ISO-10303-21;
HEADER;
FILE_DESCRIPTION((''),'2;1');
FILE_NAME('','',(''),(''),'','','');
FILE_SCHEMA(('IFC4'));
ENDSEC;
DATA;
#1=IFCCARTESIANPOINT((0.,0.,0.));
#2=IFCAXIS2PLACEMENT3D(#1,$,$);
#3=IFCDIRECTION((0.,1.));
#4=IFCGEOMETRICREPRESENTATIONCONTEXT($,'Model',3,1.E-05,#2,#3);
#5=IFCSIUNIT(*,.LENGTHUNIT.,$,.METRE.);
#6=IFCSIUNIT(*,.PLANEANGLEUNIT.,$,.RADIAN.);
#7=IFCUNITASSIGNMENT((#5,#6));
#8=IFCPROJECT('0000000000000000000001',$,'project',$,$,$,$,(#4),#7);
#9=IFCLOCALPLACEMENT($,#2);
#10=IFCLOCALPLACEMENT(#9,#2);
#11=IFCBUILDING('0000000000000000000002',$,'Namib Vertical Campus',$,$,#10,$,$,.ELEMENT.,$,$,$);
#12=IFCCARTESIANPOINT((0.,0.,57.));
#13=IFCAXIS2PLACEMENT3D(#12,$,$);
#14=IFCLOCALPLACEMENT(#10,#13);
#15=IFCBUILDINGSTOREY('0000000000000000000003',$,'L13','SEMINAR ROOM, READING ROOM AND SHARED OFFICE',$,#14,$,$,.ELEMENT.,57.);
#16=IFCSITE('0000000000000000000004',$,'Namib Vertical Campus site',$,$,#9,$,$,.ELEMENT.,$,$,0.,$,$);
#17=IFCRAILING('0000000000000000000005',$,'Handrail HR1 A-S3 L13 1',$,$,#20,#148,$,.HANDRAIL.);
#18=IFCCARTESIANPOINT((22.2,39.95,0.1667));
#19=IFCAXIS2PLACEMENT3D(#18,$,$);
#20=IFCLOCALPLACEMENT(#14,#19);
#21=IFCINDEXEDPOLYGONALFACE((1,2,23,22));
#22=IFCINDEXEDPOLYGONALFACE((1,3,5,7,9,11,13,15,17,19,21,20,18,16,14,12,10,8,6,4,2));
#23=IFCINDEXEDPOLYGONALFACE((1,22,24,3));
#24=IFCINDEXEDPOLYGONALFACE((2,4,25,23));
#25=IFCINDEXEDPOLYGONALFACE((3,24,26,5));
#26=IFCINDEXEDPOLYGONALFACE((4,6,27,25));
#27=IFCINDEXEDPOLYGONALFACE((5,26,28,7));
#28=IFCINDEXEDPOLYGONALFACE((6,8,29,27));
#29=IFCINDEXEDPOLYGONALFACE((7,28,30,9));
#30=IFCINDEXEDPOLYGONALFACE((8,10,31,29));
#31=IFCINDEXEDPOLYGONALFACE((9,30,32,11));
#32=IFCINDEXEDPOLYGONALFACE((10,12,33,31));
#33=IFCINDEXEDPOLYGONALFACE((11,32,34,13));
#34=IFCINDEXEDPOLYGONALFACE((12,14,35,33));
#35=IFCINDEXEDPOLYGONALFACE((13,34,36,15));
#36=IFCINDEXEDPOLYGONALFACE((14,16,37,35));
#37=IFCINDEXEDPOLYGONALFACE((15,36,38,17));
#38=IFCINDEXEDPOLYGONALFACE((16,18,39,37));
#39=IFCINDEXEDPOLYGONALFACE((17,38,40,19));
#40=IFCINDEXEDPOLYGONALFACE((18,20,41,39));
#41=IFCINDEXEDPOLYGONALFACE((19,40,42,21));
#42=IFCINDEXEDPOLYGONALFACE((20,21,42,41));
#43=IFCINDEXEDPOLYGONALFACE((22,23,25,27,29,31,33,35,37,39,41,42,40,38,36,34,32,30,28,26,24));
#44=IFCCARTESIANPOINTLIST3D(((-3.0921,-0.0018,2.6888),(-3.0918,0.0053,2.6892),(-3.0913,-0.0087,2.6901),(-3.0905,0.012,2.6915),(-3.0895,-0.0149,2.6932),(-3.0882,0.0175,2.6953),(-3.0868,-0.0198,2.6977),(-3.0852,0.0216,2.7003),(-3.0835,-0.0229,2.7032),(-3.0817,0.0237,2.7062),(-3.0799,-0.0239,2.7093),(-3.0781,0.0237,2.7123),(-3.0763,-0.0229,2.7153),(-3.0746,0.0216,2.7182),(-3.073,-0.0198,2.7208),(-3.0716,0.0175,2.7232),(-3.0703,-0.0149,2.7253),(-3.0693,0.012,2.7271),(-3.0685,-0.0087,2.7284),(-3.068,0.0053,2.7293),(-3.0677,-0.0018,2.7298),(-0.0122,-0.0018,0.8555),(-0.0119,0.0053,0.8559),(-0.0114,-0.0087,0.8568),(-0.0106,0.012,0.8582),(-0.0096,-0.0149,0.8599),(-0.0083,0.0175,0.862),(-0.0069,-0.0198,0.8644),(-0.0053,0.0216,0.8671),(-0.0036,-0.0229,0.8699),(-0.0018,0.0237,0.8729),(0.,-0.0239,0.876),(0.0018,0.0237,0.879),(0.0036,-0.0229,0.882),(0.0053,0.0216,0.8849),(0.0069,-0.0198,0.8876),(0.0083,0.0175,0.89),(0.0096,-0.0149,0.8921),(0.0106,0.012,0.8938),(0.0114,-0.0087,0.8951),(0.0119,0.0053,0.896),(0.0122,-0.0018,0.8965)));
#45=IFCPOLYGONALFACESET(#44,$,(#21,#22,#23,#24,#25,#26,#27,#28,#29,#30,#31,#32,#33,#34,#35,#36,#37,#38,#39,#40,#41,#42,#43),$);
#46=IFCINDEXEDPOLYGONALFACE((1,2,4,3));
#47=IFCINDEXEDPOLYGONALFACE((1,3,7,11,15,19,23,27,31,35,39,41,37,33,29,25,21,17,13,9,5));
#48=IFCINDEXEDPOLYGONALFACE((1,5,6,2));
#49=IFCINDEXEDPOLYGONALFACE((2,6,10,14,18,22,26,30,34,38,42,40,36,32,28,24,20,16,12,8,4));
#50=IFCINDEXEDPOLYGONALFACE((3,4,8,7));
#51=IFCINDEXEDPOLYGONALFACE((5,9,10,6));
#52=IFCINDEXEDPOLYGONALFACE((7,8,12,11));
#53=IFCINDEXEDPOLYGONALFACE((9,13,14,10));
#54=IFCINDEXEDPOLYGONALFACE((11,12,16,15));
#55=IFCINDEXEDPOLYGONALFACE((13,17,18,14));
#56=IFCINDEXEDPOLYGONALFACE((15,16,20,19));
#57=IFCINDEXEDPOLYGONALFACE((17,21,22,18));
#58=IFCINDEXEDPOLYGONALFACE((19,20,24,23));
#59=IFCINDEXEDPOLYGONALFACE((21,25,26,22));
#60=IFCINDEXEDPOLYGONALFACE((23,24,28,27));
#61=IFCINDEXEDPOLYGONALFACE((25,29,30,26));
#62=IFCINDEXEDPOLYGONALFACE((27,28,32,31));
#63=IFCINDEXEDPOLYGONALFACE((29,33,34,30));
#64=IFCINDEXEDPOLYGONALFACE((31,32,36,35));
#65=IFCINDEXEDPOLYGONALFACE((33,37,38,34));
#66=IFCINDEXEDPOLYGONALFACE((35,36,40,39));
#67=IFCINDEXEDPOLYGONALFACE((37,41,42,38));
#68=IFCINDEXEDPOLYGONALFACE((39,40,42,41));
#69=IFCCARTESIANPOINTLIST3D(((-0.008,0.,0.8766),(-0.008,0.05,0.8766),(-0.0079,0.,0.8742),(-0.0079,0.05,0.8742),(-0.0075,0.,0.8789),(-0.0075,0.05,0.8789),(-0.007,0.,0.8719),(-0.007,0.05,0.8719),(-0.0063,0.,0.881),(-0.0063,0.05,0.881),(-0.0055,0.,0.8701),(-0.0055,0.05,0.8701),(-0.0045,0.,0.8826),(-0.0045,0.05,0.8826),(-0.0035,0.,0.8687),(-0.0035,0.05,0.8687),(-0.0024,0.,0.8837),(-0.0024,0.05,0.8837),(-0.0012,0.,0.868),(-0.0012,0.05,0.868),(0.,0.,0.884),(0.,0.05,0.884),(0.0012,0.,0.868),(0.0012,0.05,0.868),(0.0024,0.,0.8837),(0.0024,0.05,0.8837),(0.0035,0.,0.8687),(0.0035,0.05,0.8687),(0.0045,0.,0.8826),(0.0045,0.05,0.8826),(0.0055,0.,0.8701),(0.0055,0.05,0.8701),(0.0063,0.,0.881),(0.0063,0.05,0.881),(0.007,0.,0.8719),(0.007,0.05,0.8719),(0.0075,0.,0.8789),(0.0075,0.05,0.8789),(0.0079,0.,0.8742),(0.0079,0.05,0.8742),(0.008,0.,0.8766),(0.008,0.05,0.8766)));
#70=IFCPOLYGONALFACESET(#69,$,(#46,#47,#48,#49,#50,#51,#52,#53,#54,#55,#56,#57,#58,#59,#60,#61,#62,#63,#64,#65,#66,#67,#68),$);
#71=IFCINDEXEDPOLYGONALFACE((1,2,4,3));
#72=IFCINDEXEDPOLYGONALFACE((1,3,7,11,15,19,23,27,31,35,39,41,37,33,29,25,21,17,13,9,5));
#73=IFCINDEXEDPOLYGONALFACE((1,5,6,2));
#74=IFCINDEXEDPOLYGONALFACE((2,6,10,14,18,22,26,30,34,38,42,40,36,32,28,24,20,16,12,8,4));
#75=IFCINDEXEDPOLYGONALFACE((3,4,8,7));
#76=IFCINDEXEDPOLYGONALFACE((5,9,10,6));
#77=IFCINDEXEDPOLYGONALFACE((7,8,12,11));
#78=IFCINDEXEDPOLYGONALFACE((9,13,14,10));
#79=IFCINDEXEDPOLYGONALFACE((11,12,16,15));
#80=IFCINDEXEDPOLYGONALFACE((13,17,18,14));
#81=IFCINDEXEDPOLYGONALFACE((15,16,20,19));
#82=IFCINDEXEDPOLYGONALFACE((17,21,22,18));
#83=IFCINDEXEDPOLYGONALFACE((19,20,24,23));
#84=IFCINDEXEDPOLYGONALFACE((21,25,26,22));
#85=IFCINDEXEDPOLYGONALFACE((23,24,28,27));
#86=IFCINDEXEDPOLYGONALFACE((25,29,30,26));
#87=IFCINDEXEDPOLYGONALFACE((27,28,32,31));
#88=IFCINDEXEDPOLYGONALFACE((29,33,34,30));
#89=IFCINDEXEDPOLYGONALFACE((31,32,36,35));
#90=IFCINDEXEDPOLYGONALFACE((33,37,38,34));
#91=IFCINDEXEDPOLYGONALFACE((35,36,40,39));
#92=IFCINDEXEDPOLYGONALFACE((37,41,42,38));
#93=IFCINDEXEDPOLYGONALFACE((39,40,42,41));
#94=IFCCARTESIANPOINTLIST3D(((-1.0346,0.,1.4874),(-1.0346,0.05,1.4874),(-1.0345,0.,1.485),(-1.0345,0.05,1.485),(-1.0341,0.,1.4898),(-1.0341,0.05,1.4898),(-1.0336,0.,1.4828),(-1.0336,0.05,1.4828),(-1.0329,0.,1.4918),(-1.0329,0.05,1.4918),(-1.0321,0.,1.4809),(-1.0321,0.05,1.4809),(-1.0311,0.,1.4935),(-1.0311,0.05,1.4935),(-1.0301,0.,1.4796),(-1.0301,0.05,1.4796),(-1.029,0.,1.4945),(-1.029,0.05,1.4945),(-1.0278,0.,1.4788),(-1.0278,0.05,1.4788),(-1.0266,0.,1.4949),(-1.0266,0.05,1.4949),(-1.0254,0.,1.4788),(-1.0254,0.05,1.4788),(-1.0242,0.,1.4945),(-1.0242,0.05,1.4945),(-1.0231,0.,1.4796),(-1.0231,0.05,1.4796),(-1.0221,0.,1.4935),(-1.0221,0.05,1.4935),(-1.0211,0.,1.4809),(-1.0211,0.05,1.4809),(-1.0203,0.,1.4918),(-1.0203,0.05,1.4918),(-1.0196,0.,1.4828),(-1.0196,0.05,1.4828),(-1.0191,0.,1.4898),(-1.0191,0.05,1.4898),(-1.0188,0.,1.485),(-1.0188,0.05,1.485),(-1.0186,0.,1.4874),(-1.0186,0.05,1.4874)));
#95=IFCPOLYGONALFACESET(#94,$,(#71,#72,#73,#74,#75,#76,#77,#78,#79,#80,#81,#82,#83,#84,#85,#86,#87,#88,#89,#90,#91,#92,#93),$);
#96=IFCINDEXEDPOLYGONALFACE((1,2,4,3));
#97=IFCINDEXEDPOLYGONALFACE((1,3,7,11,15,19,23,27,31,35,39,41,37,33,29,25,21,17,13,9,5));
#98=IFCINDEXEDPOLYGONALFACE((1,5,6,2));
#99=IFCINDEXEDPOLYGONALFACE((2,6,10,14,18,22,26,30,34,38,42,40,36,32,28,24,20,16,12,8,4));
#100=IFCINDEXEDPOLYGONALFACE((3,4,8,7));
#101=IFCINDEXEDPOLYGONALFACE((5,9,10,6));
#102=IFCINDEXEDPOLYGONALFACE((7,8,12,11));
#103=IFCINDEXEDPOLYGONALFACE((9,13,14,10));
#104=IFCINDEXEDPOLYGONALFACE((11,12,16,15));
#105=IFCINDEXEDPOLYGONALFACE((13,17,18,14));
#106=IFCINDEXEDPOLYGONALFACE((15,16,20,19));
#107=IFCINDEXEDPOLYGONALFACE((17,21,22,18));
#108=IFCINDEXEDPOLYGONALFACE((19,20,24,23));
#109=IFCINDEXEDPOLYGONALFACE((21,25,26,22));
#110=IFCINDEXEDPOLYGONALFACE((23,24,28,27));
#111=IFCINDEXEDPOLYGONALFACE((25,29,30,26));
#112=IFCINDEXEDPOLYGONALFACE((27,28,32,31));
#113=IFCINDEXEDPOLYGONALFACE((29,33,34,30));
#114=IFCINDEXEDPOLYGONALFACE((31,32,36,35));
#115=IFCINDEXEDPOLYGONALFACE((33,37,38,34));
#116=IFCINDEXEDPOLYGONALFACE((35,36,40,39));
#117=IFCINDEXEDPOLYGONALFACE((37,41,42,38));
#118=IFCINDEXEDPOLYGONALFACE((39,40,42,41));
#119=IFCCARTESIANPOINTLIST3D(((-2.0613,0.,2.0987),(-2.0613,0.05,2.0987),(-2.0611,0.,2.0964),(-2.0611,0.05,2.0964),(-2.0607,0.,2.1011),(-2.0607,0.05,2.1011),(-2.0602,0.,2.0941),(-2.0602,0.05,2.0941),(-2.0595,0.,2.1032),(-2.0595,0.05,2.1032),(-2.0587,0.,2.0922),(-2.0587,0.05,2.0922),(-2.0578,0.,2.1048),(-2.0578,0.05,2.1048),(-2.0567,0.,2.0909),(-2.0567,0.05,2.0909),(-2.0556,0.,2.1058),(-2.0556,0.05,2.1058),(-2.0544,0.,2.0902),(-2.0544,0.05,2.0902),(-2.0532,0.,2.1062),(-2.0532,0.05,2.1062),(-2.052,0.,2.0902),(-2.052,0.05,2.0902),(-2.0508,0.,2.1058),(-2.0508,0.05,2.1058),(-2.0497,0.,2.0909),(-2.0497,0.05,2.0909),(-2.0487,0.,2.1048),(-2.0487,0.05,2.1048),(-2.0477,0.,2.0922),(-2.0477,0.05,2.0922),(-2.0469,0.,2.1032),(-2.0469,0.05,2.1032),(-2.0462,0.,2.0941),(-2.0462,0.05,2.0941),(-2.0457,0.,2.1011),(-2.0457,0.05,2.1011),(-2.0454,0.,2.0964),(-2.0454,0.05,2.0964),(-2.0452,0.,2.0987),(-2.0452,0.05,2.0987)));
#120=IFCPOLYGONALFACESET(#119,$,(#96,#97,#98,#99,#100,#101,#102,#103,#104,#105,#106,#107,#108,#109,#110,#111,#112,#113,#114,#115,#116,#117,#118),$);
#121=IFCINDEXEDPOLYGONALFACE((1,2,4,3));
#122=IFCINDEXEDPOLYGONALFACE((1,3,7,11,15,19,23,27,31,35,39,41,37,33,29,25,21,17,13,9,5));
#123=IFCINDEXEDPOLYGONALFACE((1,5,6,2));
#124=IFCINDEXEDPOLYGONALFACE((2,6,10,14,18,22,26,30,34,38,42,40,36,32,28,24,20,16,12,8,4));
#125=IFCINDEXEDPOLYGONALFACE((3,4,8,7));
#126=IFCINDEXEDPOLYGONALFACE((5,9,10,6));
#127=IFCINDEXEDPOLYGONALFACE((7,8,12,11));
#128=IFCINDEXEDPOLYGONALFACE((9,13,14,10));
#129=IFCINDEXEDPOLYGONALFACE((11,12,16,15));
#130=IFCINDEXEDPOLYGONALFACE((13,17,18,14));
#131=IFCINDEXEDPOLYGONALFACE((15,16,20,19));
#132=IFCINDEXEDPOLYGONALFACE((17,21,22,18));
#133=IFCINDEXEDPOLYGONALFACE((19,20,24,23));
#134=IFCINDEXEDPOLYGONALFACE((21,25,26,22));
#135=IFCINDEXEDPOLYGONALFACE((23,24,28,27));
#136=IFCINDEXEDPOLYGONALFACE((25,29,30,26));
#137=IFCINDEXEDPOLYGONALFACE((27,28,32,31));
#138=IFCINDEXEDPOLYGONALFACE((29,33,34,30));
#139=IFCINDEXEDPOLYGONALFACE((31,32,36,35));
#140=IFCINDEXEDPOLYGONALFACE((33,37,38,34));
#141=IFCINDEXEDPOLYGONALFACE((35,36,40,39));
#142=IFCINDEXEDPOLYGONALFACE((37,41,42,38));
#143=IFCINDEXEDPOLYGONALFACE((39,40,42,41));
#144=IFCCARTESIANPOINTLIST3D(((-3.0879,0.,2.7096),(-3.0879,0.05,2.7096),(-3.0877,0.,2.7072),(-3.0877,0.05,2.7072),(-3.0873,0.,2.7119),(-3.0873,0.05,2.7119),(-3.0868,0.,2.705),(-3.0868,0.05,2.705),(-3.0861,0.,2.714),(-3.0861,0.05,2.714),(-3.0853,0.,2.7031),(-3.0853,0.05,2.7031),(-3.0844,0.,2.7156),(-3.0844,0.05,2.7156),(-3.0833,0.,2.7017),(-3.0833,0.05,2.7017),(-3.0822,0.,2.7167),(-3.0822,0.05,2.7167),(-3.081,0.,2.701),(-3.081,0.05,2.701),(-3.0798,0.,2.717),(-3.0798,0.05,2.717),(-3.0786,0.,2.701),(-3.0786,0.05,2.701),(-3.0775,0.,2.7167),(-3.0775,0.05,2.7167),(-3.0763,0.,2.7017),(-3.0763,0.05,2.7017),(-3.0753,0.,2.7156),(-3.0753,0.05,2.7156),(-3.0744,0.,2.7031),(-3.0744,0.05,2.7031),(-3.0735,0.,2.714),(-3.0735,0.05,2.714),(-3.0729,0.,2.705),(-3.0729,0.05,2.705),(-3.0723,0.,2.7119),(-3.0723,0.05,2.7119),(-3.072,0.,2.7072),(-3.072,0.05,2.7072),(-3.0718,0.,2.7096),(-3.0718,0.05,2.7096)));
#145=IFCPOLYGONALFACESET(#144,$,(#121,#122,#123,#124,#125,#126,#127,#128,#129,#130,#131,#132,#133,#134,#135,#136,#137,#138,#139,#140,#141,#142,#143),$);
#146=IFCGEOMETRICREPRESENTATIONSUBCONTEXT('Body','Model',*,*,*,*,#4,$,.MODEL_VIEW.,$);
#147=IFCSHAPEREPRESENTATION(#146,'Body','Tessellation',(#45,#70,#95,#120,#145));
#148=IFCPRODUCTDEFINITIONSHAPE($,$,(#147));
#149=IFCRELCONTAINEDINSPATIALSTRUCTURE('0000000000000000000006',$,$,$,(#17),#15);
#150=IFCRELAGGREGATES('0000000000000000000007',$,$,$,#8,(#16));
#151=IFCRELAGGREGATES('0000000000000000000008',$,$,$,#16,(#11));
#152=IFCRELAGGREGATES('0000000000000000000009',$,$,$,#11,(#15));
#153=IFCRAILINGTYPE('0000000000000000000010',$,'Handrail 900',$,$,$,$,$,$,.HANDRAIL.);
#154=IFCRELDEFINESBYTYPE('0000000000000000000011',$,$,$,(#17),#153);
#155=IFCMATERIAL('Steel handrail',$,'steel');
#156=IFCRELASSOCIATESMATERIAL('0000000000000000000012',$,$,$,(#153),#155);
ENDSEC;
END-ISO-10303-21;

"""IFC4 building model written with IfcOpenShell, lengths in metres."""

from ifc_helpers import new_model, si_unit, direction, frame, origin, origin_2d, place, context, subcontext, project, spatial, circle, extrude, material, type_object, element, save


model = new_model("IFC4")

# Units and contexts
model_context = context("Model", 3, precision=1e-05, world=origin(), true_north=direction((0.0, 1.0)))
body_context = subcontext(model_context, "Body", "Model", "MODEL_VIEW")
ifc_project = project(units=[si_unit("LENGTHUNIT", "METRE"), si_unit("PLANEANGLEUNIT", "RADIAN")], contexts=[model_context])

# Site, building, storey
site_placement = place(None, origin())
site = spatial("IfcSite", under=ifc_project, at=site_placement, Name="Namib Vertical Campus site", CompositionType="ELEMENT", RefElevation=0.0)
building_placement = place(site_placement, origin())
building = spatial("IfcBuilding", under=site, at=building_placement, Name="Namib Vertical Campus", CompositionType="ELEMENT")
storey_placement = place(building_placement, frame((0.0, 0.0, 57.0)))
storey = spatial("IfcBuildingStorey", under=building, at=storey_placement, Name="L13", Description="SEMINAR ROOM, READING ROOM AND SHARED OFFICE", CompositionType="ELEMENT", Elevation=57.0)

# Railing
ifc_material_1 = material(Name="Steel handrail", Category="steel")
railing_type_1 = type_object("IfcRailingType", Name="Handrail 900", PredefinedType="HANDRAIL", material=ifc_material_1)
railing_1_placement = place(storey_placement, frame((22.2, 39.95, 0.1667)))
element("IfcRailing", 1, at=railing_1_placement, inside=storey, type_object=railing_type_1, Name="Handrail HR1 A-S3 L13 1", PredefinedType="HANDRAIL", context=body_context, shape_type="SweptSolid", body=[
    extrude(circle(Radius=0.0239, at=origin_2d()), frame((0.0, 0.0, 0.876), z_axis=(-0.859291, 0.0, 0.511487), x_axis=(0.0, -1.0, 0.0)), (0.0, 0.0, 1.0), 3.5842),
    extrude(circle(Radius=0.0081, at=origin_2d()), frame((0.0, 0.0, 0.876), z_axis=(0.0, 1.0, 0.0), x_axis=(0.0, 0.0, 1.0)), (0.0, 0.0, 1.0), 0.05),
    extrude(circle(Radius=0.0081, at=origin_2d()), frame((-1.0266, 0.0, 1.4868), z_axis=(0.0, 1.0, 0.0), x_axis=(0.0, 0.0, 1.0)), (0.0, 0.0, 1.0), 0.05),
    extrude(circle(Radius=0.0081, at=origin_2d()), frame((-2.0532, 0.0, 2.0981), z_axis=(0.0, 1.0, 0.0), x_axis=(0.0, 0.0, 1.0)), (0.0, 0.0, 1.0), 0.05),
    extrude(circle(Radius=0.0081, at=origin_2d()), frame((-3.0798, 0.0, 2.709), z_axis=(0.0, 1.0, 0.0), x_axis=(0.0, 0.0, 1.0)), (0.0, 0.0, 1.0), 0.05),
])

save(model, "model.ifc")
